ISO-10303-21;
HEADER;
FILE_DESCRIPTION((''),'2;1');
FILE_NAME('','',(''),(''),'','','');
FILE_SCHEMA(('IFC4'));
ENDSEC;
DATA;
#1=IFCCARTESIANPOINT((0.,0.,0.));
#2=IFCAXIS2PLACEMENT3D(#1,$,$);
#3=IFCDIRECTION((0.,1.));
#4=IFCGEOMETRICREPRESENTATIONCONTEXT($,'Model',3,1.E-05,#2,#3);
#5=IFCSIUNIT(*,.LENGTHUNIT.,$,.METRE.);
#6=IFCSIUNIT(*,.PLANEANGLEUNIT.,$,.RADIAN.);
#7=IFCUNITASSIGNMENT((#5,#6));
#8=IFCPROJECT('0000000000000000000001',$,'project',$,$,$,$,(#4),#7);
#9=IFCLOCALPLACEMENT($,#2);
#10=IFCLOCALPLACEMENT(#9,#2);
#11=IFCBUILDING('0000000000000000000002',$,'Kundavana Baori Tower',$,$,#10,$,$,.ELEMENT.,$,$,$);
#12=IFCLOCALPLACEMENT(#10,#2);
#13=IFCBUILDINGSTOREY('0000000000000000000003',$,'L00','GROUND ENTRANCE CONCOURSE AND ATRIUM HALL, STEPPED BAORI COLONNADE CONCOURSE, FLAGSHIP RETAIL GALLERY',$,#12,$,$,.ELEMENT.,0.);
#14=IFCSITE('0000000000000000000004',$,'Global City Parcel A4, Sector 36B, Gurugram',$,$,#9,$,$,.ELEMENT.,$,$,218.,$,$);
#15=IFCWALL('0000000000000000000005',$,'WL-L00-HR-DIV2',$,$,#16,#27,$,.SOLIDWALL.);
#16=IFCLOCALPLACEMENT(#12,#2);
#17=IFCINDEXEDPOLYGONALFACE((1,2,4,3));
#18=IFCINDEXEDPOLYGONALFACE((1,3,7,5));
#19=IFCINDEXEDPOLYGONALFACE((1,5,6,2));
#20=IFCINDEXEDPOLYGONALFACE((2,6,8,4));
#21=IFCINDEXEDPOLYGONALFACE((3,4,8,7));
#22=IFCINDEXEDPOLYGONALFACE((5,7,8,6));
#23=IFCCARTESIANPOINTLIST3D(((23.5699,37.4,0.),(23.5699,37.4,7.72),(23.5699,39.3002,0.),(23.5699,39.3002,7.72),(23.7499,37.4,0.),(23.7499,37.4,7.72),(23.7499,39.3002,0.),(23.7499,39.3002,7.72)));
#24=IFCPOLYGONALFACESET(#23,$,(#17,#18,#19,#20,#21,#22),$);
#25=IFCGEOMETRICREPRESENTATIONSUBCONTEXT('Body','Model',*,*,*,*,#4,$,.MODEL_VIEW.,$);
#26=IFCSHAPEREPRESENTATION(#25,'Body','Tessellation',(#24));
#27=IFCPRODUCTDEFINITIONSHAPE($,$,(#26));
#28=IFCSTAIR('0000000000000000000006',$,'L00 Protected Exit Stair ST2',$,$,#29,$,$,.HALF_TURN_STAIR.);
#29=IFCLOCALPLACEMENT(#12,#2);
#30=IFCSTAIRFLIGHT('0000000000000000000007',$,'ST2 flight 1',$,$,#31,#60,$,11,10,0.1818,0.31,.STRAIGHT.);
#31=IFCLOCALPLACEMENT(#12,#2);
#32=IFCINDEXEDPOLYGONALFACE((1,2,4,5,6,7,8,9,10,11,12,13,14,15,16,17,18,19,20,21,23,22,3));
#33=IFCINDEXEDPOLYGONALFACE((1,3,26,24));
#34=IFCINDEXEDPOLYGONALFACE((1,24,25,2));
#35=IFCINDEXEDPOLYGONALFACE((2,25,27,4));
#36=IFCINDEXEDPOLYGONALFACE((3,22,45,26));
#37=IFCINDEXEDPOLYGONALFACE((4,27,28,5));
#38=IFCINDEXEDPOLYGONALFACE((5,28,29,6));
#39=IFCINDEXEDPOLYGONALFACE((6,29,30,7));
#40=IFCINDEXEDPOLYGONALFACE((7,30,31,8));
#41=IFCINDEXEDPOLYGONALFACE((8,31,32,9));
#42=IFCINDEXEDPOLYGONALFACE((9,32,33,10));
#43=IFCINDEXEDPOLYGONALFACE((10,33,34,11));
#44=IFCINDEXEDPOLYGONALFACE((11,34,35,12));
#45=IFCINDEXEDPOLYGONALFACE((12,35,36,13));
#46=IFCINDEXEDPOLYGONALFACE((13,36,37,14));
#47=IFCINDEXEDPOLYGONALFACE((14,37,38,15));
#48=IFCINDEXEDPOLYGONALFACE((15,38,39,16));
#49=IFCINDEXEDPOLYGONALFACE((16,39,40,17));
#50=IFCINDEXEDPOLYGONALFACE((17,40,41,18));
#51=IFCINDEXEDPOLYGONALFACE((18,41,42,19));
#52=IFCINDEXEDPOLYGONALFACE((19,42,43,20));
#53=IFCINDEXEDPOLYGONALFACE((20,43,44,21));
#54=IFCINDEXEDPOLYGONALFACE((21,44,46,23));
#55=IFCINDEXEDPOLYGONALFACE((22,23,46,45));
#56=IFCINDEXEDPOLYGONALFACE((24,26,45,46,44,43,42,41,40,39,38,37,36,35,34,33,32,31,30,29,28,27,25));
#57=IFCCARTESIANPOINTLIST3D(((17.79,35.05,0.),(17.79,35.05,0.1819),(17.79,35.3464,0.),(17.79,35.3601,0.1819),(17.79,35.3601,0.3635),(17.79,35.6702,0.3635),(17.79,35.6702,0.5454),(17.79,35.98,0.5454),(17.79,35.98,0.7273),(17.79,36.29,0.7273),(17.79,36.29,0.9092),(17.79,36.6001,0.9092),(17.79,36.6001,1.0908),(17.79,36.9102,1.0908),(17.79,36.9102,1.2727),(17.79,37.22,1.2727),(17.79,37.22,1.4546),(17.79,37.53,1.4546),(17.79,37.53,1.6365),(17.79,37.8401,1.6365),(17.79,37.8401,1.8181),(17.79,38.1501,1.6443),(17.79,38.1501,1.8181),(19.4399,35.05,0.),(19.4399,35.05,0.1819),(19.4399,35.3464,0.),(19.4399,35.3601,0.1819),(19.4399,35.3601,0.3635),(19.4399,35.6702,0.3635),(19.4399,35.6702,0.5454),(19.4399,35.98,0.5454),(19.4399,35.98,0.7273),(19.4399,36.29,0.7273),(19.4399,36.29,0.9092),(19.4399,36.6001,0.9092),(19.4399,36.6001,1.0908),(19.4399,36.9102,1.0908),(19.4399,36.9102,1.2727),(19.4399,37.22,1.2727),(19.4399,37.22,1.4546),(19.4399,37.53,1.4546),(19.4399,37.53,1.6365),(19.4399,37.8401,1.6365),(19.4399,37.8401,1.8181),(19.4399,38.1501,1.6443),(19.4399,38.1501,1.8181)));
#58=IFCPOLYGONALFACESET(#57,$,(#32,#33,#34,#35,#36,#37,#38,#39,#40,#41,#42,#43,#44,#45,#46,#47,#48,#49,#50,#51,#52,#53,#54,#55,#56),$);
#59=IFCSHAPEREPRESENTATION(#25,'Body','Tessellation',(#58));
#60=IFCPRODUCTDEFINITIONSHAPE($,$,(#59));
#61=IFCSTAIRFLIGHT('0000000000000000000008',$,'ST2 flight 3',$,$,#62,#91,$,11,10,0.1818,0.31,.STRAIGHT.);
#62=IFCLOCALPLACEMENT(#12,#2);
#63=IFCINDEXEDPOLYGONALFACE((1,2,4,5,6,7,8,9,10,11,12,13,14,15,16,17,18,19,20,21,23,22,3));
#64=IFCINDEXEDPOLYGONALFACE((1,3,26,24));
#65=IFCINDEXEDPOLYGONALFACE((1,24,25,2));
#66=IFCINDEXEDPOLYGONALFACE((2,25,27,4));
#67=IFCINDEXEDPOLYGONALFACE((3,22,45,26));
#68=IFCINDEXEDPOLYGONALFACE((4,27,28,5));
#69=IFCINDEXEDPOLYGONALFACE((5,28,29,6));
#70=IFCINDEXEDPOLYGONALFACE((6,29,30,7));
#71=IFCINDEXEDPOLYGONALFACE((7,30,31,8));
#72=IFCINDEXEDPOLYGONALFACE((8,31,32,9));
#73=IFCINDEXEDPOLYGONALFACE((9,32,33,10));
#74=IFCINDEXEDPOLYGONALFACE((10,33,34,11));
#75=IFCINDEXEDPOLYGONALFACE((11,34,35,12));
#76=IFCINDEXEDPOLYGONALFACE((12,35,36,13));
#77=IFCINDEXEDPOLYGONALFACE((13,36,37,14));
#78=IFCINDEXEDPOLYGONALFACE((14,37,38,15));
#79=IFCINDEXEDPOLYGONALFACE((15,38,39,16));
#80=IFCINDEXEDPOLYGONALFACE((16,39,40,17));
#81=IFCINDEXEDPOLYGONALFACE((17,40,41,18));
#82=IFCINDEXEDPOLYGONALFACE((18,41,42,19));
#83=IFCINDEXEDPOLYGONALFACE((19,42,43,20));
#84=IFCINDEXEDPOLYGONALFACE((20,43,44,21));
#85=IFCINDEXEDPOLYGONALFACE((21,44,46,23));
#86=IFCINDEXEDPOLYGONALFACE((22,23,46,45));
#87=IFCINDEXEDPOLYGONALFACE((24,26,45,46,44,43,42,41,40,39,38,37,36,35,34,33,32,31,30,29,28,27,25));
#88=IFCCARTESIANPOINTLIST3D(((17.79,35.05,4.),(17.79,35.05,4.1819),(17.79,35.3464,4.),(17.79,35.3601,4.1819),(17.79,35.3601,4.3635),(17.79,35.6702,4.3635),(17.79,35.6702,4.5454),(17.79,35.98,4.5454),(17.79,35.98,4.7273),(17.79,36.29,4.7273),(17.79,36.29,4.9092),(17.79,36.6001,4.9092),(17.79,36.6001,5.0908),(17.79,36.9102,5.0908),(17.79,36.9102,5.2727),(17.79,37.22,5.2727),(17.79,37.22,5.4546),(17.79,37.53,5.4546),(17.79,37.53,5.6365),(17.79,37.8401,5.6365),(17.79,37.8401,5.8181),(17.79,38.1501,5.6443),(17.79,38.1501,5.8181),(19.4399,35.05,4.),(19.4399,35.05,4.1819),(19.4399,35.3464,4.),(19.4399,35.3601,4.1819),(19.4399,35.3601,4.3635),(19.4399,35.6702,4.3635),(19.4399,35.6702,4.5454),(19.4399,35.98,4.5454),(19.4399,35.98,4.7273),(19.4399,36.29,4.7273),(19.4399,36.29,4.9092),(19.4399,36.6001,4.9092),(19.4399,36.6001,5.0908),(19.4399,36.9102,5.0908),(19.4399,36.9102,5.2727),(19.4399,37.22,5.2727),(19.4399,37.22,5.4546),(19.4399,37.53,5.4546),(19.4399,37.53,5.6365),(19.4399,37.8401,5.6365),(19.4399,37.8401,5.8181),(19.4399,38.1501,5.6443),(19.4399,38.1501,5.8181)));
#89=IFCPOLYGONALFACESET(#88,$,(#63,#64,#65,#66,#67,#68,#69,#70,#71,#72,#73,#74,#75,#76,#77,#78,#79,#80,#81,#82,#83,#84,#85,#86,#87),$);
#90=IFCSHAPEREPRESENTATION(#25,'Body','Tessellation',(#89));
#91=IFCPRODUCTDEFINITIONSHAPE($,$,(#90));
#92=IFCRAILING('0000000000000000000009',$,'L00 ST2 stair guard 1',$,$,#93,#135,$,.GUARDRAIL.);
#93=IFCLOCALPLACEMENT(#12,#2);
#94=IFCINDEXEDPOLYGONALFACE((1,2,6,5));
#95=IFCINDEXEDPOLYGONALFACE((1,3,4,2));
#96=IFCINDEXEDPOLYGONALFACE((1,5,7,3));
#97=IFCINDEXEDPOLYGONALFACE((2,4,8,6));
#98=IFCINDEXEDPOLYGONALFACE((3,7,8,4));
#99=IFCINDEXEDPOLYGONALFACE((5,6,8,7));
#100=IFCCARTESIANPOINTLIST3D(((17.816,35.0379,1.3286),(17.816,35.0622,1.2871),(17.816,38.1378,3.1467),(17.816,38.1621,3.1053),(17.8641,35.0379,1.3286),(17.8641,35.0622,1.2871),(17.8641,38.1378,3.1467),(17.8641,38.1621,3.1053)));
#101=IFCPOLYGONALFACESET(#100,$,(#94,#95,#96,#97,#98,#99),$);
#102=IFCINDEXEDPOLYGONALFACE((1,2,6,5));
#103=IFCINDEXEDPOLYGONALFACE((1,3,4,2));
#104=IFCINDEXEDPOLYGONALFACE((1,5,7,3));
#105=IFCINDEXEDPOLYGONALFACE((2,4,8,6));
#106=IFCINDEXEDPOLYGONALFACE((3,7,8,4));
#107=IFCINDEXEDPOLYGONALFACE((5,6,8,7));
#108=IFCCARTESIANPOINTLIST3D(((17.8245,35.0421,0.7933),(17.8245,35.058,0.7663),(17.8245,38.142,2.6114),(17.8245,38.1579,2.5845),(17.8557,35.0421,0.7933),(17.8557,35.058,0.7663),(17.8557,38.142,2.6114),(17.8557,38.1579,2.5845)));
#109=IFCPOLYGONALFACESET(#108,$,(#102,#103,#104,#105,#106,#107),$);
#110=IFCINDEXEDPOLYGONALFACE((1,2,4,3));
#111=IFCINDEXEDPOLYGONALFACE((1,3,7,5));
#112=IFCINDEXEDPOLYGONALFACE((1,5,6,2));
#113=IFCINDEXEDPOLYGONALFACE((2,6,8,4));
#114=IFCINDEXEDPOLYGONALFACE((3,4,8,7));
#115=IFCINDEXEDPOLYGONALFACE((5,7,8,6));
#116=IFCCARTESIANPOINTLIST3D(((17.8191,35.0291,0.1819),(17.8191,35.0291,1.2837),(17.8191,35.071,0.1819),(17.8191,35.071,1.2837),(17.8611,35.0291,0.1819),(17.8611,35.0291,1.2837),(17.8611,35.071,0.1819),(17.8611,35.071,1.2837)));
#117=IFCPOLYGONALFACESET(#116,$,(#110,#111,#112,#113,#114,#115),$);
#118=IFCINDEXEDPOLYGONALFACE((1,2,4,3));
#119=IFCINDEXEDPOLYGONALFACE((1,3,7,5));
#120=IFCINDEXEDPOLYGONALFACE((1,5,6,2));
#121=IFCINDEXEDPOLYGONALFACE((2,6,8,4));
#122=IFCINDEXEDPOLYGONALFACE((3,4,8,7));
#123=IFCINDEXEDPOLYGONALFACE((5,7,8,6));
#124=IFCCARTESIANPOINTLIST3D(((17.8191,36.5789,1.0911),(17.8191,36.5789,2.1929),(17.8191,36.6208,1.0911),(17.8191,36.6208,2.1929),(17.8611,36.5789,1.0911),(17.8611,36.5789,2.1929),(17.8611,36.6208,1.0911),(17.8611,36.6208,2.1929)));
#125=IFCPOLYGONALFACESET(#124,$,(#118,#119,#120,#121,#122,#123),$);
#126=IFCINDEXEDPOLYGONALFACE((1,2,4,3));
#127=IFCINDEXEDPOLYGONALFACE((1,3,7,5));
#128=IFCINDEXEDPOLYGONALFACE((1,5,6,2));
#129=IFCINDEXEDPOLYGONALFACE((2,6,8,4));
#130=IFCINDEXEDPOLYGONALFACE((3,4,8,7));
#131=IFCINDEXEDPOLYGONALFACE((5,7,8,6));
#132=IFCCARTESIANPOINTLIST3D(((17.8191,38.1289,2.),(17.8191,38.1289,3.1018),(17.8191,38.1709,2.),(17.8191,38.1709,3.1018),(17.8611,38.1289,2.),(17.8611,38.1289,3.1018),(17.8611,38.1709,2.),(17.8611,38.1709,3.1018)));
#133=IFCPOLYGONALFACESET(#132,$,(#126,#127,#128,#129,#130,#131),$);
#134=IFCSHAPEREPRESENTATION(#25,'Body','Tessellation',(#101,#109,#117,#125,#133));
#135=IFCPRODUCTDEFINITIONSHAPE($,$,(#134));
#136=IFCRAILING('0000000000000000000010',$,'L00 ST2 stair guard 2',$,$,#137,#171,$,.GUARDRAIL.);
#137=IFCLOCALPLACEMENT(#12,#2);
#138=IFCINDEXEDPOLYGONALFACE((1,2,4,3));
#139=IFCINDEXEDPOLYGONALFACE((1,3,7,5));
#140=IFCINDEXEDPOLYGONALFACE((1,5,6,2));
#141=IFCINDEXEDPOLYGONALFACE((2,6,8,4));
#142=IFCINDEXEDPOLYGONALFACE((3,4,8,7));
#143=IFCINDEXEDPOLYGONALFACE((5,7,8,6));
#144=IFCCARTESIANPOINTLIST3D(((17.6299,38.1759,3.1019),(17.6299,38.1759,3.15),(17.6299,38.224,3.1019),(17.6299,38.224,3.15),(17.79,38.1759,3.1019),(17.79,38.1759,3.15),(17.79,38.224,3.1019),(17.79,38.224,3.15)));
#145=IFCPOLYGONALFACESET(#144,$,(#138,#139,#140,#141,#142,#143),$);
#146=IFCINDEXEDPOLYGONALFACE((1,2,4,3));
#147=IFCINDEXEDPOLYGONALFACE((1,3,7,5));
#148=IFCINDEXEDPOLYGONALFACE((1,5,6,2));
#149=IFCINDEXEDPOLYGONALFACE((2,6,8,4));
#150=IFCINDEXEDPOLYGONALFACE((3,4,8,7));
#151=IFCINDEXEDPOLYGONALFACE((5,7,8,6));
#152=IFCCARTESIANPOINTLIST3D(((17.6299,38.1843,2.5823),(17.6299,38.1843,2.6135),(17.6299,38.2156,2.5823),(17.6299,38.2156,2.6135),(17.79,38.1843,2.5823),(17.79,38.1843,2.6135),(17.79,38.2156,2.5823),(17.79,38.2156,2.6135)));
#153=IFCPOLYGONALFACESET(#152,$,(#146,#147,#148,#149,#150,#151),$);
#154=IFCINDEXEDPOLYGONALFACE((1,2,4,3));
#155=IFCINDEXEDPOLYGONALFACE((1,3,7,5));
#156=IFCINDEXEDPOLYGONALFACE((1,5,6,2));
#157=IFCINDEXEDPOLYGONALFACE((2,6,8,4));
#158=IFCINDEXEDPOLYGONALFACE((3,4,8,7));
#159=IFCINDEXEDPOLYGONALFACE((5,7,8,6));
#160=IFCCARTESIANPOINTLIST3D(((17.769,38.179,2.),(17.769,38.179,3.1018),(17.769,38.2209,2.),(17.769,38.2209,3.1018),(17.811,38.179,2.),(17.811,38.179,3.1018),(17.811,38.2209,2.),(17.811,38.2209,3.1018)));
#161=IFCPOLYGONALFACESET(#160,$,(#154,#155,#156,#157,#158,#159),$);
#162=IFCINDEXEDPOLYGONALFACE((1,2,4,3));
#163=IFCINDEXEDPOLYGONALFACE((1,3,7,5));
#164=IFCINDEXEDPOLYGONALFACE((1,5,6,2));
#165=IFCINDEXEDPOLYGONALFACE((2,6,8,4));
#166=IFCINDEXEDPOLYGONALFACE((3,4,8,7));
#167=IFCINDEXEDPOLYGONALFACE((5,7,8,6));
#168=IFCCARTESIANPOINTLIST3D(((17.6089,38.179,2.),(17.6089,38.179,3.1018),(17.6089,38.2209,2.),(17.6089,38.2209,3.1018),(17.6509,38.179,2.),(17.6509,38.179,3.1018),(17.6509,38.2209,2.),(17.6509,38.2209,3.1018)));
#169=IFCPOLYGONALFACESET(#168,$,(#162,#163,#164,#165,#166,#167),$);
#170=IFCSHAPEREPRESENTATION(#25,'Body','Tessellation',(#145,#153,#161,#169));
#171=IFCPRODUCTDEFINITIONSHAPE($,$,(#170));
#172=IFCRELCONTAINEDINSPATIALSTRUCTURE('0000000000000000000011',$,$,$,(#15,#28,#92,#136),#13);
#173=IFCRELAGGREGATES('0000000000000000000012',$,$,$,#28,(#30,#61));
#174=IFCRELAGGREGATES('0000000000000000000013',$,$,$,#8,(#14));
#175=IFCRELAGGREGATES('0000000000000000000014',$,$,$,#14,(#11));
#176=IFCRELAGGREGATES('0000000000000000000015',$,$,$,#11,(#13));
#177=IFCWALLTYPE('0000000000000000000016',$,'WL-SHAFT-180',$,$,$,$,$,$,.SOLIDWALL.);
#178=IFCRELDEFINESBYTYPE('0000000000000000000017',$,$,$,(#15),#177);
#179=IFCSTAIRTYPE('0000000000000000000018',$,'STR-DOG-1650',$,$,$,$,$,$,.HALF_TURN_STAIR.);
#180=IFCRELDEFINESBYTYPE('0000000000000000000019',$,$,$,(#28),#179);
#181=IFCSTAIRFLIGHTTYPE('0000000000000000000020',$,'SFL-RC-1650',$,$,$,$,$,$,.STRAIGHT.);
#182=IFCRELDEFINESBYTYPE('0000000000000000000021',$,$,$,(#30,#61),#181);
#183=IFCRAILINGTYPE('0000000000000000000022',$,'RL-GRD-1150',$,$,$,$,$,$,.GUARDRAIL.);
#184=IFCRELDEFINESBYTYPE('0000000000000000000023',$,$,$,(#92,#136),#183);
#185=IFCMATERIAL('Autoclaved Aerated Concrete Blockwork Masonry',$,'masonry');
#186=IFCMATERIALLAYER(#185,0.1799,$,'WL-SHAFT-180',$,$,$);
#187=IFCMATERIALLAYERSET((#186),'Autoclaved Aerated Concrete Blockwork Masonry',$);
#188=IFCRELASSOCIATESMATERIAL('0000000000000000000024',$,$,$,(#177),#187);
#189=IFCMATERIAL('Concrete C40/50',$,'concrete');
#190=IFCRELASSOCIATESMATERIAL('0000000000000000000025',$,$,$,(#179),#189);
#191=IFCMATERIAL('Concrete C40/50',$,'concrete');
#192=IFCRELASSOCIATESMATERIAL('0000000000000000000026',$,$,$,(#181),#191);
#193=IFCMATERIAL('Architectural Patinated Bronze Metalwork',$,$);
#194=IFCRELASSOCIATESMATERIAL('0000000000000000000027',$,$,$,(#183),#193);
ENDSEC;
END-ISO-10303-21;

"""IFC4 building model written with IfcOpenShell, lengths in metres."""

from ifc_helpers import new_model, si_unit, direction, frame, frame_2d, origin, origin_2d, place, context, subcontext, project, spatial, polyline, rectangle, outline, extrude, material, layer, layer_set, type_object, element, aggregate, save


model = new_model("IFC4")

# Units and contexts
model_context = context("Model", 3, precision=1e-05, world=origin(), true_north=direction((0.0, 1.0)))
body_context = subcontext(model_context, "Body", "Model", "MODEL_VIEW")
ifc_project = project(units=[si_unit("LENGTHUNIT", "METRE"), si_unit("PLANEANGLEUNIT", "RADIAN")], contexts=[model_context])

# Site, building, storey
site_placement = place(None, origin())
site = spatial("IfcSite", under=ifc_project, at=site_placement, Name="Global City Parcel A4, Sector 36B, Gurugram", CompositionType="ELEMENT", RefElevation=218.0)
building_placement = place(site_placement, origin())
building = spatial("IfcBuilding", under=site, at=building_placement, Name="Kundavana Baori Tower", CompositionType="ELEMENT")
storey_placement = place(building_placement, origin())
storey = spatial("IfcBuildingStorey", under=building, at=storey_placement, Name="L00", Description="GROUND ENTRANCE CONCOURSE AND ATRIUM HALL, STEPPED BAORI COLONNADE CONCOURSE, FLAGSHIP RETAIL GALLERY", CompositionType="ELEMENT", Elevation=0.0)

# Shared definitions
ifc_material_1 = material(Name="Autoclaved Aerated Concrete Blockwork Masonry", Category="masonry")
ifc_layer_1 = layer(ifc_material_1, 0.1799, Name="WL-SHAFT-180")
ifc_layer_set_1 = layer_set([ifc_layer_1], Name="Autoclaved Aerated Concrete Blockwork Masonry")
wall_type_1 = type_object("IfcWallType", Name="WL-SHAFT-180", PredefinedType="SOLIDWALL", material=ifc_layer_set_1)

# Wall
wall_1_placement = place(storey_placement, frame((23.6599, 37.3999, 0.0), z_axis=(0.0, 0.0, 1.0), x_axis=(0.0, 1.0, 0.0)))
element("IfcWall", 1, at=wall_1_placement, inside=storey, type_object=wall_type_1, Name="WL-L00-HR-DIV2", PredefinedType="SOLIDWALL", context=body_context, shape_type="SweptSolid", body=[
    extrude(rectangle(XDim=1.9001, YDim=0.1799, at=frame_2d((0.9502, 0.0))), origin(), (0.0, 0.0, 1.0), 7.72),
])

# Stair, stair flights
ifc_material_2 = material(Name="Concrete C40/50", Category="concrete")
stair_type = type_object("IfcStairType", Name="STR-DOG-1650", PredefinedType="HALF_TURN_STAIR", material=ifc_material_2)
stair_placement = place(storey_placement, origin())
stair = element("IfcStair", 2, at=stair_placement, inside=storey, type_object=stair_type, Name="L00 Protected Exit Stair ST2", PredefinedType="HALF_TURN_STAIR")
ifc_material_3 = material(Name="Concrete C40/50", Category="concrete")
stair_flight_type = type_object("IfcStairFlightType", Name="SFL-RC-1650", PredefinedType="STRAIGHT", material=ifc_material_3)
stair_flight_1_placement = place(storey_placement, frame((18.615, 35.05, 0.0), z_axis=(0.0, 0.0, 1.0), x_axis=(0.0, 1.0, 0.0)))
stair_flight_1 = element("IfcStairFlight", 3, at=stair_flight_1_placement, type_object=stair_flight_type, Name="ST2 flight 1", NumberOfRisers=11, NumberOfTreads=10, PredefinedType="STRAIGHT", RiserHeight=0.1818, TreadLength=0.31, context=body_context, shape_type="SweptSolid", body=[
    extrude(outline(polyline([(0.0, 0.0), (0.0, 0.1819), (0.3101, 0.1819), (0.3101, 0.3635), (0.6201, 0.3635), (0.6201, 0.5454), (0.9299, 0.5454), (0.9299, 0.7273), (1.24, 0.7273), (1.24, 0.9092), (1.55, 0.9092), (1.55, 1.0908), (1.8601, 1.0908), (1.8601, 1.2727), (2.1699, 1.2727), (2.1699, 1.4546), (2.48, 1.4546), (2.48, 1.6365), (2.79, 1.6365), (2.79, 1.8181), (3.1001, 1.8181), (3.1001, 2.0), (3.1001, 1.6443), (0.2964, 0.0), (0.0, 0.0)])), frame((0.0, 0.825, 0.0), z_axis=(0.0, -1.0, 0.0), x_axis=(1.0, 0.0, 0.0)), (0.0, 0.0, 1.0), 1.6499),
])
stair_flight_2_placement = place(storey_placement, frame((18.615, 35.05, 4.0), z_axis=(0.0, 0.0, 1.0), x_axis=(0.0, 1.0, 0.0)))
stair_flight_2 = element("IfcStairFlight", 4, at=stair_flight_2_placement, type_object=stair_flight_type, Name="ST2 flight 3", NumberOfRisers=11, NumberOfTreads=10, PredefinedType="STRAIGHT", RiserHeight=0.1818, TreadLength=0.31, context=body_context, shape_type="SweptSolid", body=[
    extrude(outline(polyline([(0.0, 0.0), (0.0, 0.1819), (0.3101, 0.1819), (0.3101, 0.3635), (0.6201, 0.3635), (0.6201, 0.5454), (0.9299, 0.5454), (0.9299, 0.7273), (1.24, 0.7273), (1.24, 0.9092), (1.55, 0.9092), (1.55, 1.0908), (1.8601, 1.0908), (1.8601, 1.2727), (2.1699, 1.2727), (2.1699, 1.4546), (2.48, 1.4546), (2.48, 1.6365), (2.79, 1.6365), (2.79, 1.8181), (3.1001, 1.8181), (3.1001, 2.0), (3.1001, 1.6443), (0.2964, 0.0), (0.0, 0.0)])), frame((0.0, 0.825, 0.0), z_axis=(0.0, -1.0, 0.0), x_axis=(1.0, 0.0, 0.0)), (0.0, 0.0, 1.0), 1.6499),
])
aggregate(stair, [stair_flight_1, stair_flight_2])

# Railings
ifc_material_4 = material(Name="Architectural Patinated Bronze Metalwork")
railing_type_1 = type_object("IfcRailingType", Name="RL-GRD-1150", PredefinedType="GUARDRAIL", material=ifc_material_4)
railing_1_placement = place(storey_placement, frame((17.8401, 35.05, 0.1819)))
element("IfcRailing", 5, at=railing_1_placement, inside=storey, type_object=railing_type_1, Name="L00 ST2 stair guard 1", PredefinedType="GUARDRAIL", context=body_context, shape_type="SweptSolid", body=[
    extrude(rectangle(XDim=0.0481, YDim=0.0481, at=origin_2d()), frame((0.0, 0.0, 1.126), z_axis=(0.0, 0.862581, 0.505918), x_axis=(-1.0, 0.0, 0.0)), (0.0, 0.0, 1.0), 3.5938),
    extrude(rectangle(XDim=0.0312, YDim=0.0312, at=origin_2d()), frame((0.0, 0.0, 0.5979), z_axis=(0.0, 0.862581, 0.505918), x_axis=(-1.0, 0.0, 0.0)), (0.0, 0.0, 1.0), 3.5938),
    extrude(rectangle(XDim=0.042, YDim=0.042, at=origin_2d()), origin(), (0.0, 0.0, 1.0), 1.1018),
    extrude(rectangle(XDim=0.042, YDim=0.042, at=origin_2d()), frame((0.0, 1.5498, 0.9092)), (0.0, 0.0, 1.0), 1.1018),
    extrude(rectangle(XDim=0.042, YDim=0.042, at=origin_2d()), frame((0.0, 3.0999, 1.8181)), (0.0, 0.0, 1.0), 1.1018),
])
railing_2_placement = place(storey_placement, frame((17.79, 38.2, 2.0)))
element("IfcRailing", 6, at=railing_2_placement, inside=storey, type_object=railing_type_1, Name="L00 ST2 stair guard 2", PredefinedType="GUARDRAIL", context=body_context, shape_type="SweptSolid", body=[
    extrude(rectangle(XDim=0.0481, YDim=0.0481, at=origin_2d()), frame((0.0, 0.0, 1.126), z_axis=(-1.0, 0.0, 0.0), x_axis=(0.0, -1.0, 0.0)), (0.0, 0.0, 1.0), 0.1602),
    extrude(rectangle(XDim=0.0312, YDim=0.0312, at=origin_2d()), frame((0.0, 0.0, 0.5979), z_axis=(-1.0, 0.0, 0.0), x_axis=(0.0, -1.0, 0.0)), (0.0, 0.0, 1.0), 0.1602),
    extrude(rectangle(XDim=0.042, YDim=0.042, at=origin_2d()), origin(), (0.0, 0.0, 1.0), 1.1018),
    extrude(rectangle(XDim=0.042, YDim=0.042, at=origin_2d()), frame((-0.1602, 0.0, 0.0)), (0.0, 0.0, 1.0), 1.1018),
])

save(model, "model.ifc")
